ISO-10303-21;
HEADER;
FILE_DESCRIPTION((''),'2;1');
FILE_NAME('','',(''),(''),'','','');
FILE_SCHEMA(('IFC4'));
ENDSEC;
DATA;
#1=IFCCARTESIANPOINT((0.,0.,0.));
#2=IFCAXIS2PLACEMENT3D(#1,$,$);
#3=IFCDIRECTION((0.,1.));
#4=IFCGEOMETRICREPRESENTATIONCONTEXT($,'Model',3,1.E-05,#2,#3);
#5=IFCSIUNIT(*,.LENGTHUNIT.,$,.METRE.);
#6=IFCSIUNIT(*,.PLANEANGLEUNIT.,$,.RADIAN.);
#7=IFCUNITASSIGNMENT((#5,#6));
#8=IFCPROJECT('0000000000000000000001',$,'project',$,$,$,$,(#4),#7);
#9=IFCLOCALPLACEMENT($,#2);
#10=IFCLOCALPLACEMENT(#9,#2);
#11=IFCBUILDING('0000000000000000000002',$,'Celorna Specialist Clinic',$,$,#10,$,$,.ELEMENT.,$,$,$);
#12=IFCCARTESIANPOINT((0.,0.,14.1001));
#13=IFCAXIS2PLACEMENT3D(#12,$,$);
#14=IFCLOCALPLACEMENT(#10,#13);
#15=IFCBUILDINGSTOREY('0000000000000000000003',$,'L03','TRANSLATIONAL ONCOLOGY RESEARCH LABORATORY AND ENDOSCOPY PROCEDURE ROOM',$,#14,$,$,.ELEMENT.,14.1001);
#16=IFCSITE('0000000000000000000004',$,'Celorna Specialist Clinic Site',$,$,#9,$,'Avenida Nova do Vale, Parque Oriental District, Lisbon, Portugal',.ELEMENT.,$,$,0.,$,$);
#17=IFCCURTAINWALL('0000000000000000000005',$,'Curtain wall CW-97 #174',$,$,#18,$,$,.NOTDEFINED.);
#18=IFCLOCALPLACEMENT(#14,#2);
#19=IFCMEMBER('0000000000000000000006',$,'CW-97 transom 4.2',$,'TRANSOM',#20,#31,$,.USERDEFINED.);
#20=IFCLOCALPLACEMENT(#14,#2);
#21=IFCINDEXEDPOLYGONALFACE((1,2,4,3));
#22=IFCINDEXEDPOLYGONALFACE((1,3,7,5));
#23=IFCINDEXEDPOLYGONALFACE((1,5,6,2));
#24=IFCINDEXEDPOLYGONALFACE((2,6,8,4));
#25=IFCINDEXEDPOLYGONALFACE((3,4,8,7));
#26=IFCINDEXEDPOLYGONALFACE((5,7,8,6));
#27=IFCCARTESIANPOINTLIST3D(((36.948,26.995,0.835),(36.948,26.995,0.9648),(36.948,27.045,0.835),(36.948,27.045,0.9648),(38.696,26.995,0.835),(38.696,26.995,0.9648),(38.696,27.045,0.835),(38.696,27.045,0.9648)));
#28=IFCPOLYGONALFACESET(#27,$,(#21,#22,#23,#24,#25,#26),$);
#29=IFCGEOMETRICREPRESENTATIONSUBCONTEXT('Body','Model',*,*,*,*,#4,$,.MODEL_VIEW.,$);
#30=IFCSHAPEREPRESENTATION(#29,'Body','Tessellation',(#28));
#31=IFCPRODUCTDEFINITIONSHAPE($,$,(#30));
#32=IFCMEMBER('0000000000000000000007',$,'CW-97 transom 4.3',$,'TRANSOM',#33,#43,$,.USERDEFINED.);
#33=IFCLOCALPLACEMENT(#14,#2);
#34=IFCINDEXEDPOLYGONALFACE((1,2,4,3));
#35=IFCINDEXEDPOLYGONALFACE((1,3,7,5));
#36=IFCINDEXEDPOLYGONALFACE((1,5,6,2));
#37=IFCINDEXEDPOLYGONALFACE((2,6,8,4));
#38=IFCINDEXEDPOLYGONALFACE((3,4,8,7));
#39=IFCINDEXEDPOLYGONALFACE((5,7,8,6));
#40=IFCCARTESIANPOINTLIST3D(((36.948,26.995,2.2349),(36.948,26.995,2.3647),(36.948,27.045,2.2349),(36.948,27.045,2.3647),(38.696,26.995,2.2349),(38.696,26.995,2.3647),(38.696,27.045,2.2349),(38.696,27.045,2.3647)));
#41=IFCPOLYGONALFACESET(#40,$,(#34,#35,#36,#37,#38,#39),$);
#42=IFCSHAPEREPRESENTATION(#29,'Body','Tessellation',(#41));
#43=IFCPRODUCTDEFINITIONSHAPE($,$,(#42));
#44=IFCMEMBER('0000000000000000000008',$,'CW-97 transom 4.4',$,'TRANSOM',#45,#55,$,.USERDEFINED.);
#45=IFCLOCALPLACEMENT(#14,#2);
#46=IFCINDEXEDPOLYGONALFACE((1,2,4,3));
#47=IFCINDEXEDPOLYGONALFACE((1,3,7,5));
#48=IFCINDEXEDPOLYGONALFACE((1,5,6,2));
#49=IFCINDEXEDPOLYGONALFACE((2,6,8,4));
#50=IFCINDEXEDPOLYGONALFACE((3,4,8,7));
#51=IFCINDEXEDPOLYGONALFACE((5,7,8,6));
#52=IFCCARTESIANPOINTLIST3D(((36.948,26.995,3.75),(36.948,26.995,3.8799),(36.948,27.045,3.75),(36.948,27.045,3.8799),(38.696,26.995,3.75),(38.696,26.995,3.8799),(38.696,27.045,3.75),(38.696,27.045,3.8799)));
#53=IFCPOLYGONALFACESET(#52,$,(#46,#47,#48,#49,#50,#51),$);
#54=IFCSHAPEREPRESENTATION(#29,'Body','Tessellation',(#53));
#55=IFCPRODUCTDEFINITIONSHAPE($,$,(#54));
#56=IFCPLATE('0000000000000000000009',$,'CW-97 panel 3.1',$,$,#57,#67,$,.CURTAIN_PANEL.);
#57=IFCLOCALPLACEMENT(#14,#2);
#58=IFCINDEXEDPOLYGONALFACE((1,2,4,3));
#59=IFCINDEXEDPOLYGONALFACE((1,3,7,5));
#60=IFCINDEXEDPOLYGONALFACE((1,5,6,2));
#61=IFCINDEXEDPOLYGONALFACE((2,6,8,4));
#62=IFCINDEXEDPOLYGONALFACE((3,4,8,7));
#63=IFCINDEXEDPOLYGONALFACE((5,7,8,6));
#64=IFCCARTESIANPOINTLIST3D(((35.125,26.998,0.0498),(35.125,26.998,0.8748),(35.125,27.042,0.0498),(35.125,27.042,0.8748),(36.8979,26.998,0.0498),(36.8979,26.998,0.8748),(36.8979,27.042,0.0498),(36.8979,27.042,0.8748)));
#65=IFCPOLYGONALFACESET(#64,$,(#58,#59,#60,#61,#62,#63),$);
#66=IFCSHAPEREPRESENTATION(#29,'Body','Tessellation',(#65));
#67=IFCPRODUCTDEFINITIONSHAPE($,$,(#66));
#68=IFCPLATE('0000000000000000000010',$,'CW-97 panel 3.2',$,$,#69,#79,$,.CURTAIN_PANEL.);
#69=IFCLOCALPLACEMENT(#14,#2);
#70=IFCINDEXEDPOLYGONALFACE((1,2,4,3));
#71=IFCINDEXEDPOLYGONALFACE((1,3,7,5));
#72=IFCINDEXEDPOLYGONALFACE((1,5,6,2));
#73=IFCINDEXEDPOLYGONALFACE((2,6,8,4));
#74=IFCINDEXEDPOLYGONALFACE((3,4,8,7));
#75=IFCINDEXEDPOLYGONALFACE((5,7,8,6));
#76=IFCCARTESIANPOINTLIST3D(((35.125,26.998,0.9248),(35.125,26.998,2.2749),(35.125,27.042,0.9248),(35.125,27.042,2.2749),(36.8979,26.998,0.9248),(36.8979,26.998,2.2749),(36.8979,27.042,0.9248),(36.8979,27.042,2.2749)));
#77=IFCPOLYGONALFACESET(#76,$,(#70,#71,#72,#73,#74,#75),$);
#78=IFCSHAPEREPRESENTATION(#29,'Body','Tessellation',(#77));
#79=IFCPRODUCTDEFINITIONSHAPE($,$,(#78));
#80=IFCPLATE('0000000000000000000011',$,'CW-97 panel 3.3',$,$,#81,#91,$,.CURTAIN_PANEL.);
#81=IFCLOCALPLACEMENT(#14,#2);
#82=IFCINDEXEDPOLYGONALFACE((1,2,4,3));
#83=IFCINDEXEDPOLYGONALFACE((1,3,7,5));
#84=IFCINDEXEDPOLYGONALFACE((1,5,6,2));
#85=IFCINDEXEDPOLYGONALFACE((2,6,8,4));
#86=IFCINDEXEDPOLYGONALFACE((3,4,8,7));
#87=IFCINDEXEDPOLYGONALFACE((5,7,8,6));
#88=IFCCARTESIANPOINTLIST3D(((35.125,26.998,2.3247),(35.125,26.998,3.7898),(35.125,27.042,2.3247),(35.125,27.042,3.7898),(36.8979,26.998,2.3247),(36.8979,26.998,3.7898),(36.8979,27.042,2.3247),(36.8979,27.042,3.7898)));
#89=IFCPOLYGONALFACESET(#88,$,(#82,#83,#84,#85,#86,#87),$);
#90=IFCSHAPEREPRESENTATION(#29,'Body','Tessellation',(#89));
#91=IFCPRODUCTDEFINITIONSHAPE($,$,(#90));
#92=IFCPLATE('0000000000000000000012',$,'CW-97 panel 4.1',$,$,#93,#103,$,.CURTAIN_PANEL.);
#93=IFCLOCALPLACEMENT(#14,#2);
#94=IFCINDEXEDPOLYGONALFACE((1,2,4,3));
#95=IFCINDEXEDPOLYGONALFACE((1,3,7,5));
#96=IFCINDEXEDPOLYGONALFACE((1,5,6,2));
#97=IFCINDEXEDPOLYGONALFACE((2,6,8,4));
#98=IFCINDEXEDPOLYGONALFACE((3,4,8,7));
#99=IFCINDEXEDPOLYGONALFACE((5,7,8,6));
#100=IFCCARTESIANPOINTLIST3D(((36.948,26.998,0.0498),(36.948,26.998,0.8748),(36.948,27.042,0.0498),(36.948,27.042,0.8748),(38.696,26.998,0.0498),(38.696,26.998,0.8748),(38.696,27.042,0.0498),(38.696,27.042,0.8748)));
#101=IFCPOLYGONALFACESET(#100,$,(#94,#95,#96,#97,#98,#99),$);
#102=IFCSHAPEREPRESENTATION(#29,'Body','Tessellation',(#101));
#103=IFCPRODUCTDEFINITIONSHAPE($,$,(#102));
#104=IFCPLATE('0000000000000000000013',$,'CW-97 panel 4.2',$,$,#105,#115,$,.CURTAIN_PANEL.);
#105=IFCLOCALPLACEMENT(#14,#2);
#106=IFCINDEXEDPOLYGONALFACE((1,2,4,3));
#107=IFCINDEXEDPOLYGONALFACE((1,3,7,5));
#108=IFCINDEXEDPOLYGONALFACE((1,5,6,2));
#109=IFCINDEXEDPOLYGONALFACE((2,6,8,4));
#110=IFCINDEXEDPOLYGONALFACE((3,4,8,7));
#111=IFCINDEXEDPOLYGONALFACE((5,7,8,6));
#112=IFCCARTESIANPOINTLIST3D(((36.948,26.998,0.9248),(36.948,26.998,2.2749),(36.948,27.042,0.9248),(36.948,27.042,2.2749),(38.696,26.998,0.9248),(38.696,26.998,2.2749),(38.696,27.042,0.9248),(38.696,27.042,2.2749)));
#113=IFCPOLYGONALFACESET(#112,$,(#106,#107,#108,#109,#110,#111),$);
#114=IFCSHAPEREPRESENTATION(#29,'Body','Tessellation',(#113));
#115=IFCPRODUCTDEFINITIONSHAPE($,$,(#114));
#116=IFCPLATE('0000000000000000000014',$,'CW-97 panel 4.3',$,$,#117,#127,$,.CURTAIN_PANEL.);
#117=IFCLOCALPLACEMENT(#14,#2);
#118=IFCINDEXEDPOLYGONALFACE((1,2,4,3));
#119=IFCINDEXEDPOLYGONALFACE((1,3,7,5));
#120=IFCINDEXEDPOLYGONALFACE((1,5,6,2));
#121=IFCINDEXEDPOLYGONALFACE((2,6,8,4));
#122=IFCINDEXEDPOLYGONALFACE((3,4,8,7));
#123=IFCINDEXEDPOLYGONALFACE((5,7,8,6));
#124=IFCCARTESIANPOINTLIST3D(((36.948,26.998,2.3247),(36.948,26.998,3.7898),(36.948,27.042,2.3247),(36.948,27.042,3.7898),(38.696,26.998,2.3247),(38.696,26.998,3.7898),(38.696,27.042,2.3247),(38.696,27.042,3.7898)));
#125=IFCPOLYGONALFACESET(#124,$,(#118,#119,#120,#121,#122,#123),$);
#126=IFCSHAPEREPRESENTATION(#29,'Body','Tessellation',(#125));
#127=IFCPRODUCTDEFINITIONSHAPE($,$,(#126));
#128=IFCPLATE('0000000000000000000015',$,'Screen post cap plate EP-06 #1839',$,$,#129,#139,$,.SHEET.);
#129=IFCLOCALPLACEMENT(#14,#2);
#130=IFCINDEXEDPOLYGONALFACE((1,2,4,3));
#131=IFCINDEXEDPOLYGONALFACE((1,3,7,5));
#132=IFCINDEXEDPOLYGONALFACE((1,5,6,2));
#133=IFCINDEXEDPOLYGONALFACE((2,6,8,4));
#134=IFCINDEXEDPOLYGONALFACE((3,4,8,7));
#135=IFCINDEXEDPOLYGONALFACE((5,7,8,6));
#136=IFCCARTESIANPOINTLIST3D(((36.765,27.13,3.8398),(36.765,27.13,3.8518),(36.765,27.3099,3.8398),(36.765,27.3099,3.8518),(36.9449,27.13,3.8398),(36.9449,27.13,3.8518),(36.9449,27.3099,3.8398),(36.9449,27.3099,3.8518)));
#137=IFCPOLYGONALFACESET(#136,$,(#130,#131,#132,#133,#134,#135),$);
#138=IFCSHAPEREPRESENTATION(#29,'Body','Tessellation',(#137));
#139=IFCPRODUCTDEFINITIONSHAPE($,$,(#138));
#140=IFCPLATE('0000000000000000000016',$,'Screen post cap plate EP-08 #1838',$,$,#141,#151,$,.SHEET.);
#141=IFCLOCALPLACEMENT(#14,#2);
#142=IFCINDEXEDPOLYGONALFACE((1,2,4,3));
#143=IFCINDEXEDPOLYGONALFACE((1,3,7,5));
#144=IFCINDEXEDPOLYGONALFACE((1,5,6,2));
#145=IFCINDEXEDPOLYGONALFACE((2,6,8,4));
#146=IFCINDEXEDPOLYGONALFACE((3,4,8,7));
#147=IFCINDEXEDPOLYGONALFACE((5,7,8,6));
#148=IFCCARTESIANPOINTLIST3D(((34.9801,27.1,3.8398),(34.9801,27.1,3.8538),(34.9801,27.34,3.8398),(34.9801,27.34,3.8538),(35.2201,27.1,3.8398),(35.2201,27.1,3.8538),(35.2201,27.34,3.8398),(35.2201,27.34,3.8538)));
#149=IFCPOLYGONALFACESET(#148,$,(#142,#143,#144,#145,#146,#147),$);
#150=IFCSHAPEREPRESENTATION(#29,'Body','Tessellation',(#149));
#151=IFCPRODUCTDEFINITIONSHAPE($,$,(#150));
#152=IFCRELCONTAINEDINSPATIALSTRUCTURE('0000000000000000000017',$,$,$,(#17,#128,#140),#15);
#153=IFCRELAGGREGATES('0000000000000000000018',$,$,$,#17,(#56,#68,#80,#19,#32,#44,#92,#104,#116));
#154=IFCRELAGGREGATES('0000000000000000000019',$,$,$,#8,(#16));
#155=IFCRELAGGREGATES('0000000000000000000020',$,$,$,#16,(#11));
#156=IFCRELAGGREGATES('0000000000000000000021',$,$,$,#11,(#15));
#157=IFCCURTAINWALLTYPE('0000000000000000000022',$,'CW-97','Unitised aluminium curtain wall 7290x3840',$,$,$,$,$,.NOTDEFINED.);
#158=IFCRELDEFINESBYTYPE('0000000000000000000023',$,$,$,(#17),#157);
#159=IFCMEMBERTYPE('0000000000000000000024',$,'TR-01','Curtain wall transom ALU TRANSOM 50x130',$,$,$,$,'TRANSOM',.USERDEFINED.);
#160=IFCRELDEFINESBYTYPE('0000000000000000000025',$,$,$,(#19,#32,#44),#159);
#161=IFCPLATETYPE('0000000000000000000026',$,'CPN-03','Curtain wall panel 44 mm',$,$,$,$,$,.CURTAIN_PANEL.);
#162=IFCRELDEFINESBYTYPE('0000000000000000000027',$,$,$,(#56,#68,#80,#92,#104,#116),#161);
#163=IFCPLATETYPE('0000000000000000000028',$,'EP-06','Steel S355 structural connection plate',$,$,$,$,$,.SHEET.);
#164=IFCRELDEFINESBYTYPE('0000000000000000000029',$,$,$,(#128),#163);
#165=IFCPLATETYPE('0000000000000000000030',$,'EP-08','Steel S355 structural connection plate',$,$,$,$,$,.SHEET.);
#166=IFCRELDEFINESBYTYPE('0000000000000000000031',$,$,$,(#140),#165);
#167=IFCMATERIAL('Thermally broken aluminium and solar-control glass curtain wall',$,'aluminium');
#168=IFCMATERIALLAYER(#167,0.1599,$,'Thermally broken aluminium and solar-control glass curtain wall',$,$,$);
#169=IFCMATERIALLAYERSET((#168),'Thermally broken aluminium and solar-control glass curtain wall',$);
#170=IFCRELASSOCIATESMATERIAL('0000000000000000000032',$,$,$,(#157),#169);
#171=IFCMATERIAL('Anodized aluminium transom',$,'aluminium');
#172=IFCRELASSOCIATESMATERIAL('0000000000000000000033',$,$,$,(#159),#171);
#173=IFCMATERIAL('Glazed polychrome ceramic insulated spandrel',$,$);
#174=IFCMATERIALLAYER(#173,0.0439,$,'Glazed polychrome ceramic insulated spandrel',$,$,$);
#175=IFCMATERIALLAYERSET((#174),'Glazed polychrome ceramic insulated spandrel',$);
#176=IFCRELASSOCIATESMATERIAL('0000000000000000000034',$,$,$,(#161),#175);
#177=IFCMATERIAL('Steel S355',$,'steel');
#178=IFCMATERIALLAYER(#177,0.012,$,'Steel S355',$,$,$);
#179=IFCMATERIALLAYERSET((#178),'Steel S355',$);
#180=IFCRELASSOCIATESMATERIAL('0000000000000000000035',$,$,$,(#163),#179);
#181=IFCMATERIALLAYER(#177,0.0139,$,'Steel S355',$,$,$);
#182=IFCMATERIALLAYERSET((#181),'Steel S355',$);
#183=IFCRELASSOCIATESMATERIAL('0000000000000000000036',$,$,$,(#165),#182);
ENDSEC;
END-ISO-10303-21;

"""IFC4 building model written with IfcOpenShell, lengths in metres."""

from ifc_helpers import new_model, si_unit, direction, frame, origin, origin_2d, place, context, subcontext, project, spatial, rectangle, extrude, material, layer, layer_set, material_profile, profile_set, type_object, element, aggregate, save


model = new_model("IFC4")

# Units and contexts
model_context = context("Model", 3, precision=1e-05, world=origin(), true_north=direction((0.0, 1.0)))
body_context = subcontext(model_context, "Body", "Model", "MODEL_VIEW")
ifc_project = project(units=[si_unit("LENGTHUNIT", "METRE"), si_unit("PLANEANGLEUNIT", "RADIAN")], contexts=[model_context])

# Site, building, storey
site_placement = place(None, origin())
site = spatial("IfcSite", under=ifc_project, at=site_placement, Name="Celorna Specialist Clinic Site", LongName="Avenida Nova do Vale, Parque Oriental District, Lisbon, Portugal", CompositionType="ELEMENT", RefElevation=0.0)
building_placement = place(site_placement, origin())
building = spatial("IfcBuilding", under=site, at=building_placement, Name="Celorna Specialist Clinic", CompositionType="ELEMENT")
storey_placement = place(building_placement, frame((0.0, 0.0, 14.1001)))
storey = spatial("IfcBuildingStorey", under=building, at=storey_placement, Name="L03", Description="TRANSLATIONAL ONCOLOGY RESEARCH LABORATORY AND ENDOSCOPY PROCEDURE ROOM", CompositionType="ELEMENT", Elevation=14.1001)

# Shared definitions
ifc_material_1 = material(Name="Steel S355", Category="steel")

# Curtain wall, members, plates
ifc_material_2 = material(Name="Thermally broken aluminium and solar-control glass curtain wall", Category="aluminium")
ifc_layer_1 = layer(ifc_material_2, 0.1599, Name="Thermally broken aluminium and solar-control glass curtain wall")
ifc_layer_set_1 = layer_set([ifc_layer_1], Name="Thermally broken aluminium and solar-control glass curtain wall")
curtain_wall_type = type_object("IfcCurtainWallType", Name="CW-97", Description="Unitised aluminium curtain wall 7290x3840", PredefinedType="NOTDEFINED", material=ifc_layer_set_1)
curtain_wall_placement = place(storey_placement, origin())
curtain_wall = element("IfcCurtainWall", 1, at=curtain_wall_placement, inside=storey, type_object=curtain_wall_type, Name="Curtain wall CW-97 #174", PredefinedType="NOTDEFINED")
ifc_material_3 = material(Name="Anodized aluminium transom", Category="aluminium")
ifc_material_profile_1 = material_profile(ifc_material_3, rectangle(XDim=0.05, YDim=0.1299, at=origin_2d()), Name="ALU TRANSOM 50x130")
ifc_profile_set_1 = profile_set([ifc_material_profile_1], Name="Anodized aluminium transom")
member_type_1 = type_object("IfcMemberType", Name="TR-01", Description="Curtain wall transom ALU TRANSOM 50x130", ElementType="TRANSOM", PredefinedType="USERDEFINED", material=ifc_profile_set_1)
member_1_placement = place(storey_placement, frame((36.948, 27.02, 0.8999), z_axis=(1.0, 0.0, 0.0), x_axis=(0.0, 1.0, 0.0)))
member_1 = element("IfcMember", 2, at=member_1_placement, type_object=member_type_1, Name="CW-97 transom 4.2", ObjectType="TRANSOM", PredefinedType="USERDEFINED", context=body_context, shape_type="SweptSolid", body=[
    extrude(rectangle(XDim=0.05, YDim=0.1299, at=origin_2d()), origin(), (0.0, 0.0, 1.0), 1.748),
])
member_2_placement = place(storey_placement, frame((36.948, 27.02, 2.2998), z_axis=(1.0, 0.0, 0.0), x_axis=(0.0, 1.0, 0.0)))
member_2 = element("IfcMember", 3, at=member_2_placement, type_object=member_type_1, Name="CW-97 transom 4.3", ObjectType="TRANSOM", PredefinedType="USERDEFINED", context=body_context, shape_type="SweptSolid", body=[
    extrude(rectangle(XDim=0.05, YDim=0.1299, at=origin_2d()), origin(), (0.0, 0.0, 1.0), 1.748),
])
member_3_placement = place(storey_placement, frame((36.948, 27.02, 3.8149), z_axis=(1.0, 0.0, 0.0), x_axis=(0.0, 1.0, 0.0)))
member_3 = element("IfcMember", 4, at=member_3_placement, type_object=member_type_1, Name="CW-97 transom 4.4", ObjectType="TRANSOM", PredefinedType="USERDEFINED", context=body_context, shape_type="SweptSolid", body=[
    extrude(rectangle(XDim=0.05, YDim=0.1299, at=origin_2d()), origin(), (0.0, 0.0, 1.0), 1.748),
])
ifc_material_4 = material(Name="Glazed polychrome ceramic insulated spandrel")
ifc_layer_2 = layer(ifc_material_4, 0.0439, Name="Glazed polychrome ceramic insulated spandrel")
ifc_layer_set_2 = layer_set([ifc_layer_2], Name="Glazed polychrome ceramic insulated spandrel")
plate_type_1 = type_object("IfcPlateType", Name="CPN-03", Description="Curtain wall panel 44 mm", PredefinedType="CURTAIN_PANEL", material=ifc_layer_set_2)
plate_1_placement = place(storey_placement, frame((36.0115, 27.02, 0.0498), z_axis=(0.0, 0.0, 1.0), x_axis=(1.0, 0.0, 0.0)))
plate_1 = element("IfcPlate", 5, at=plate_1_placement, type_object=plate_type_1, Name="CW-97 panel 3.1", PredefinedType="CURTAIN_PANEL", context=body_context, shape_type="SweptSolid", body=[
    extrude(rectangle(XDim=1.7729, YDim=0.0439, at=origin_2d()), origin(), (0.0, 0.0, 1.0), 0.825),
])
plate_2_placement = place(storey_placement, frame((36.0115, 27.02, 0.9248), z_axis=(0.0, 0.0, 1.0), x_axis=(1.0, 0.0, 0.0)))
plate_2 = element("IfcPlate", 6, at=plate_2_placement, type_object=plate_type_1, Name="CW-97 panel 3.2", PredefinedType="CURTAIN_PANEL", context=body_context, shape_type="SweptSolid", body=[
    extrude(rectangle(XDim=1.7729, YDim=0.0439, at=origin_2d()), origin(), (0.0, 0.0, 1.0), 1.3501),
])
plate_3_placement = place(storey_placement, frame((36.0115, 27.02, 2.3247), z_axis=(0.0, 0.0, 1.0), x_axis=(1.0, 0.0, 0.0)))
plate_3 = element("IfcPlate", 7, at=plate_3_placement, type_object=plate_type_1, Name="CW-97 panel 3.3", PredefinedType="CURTAIN_PANEL", context=body_context, shape_type="SweptSolid", body=[
    extrude(rectangle(XDim=1.7729, YDim=0.0439, at=origin_2d()), origin(), (0.0, 0.0, 1.0), 1.4651),
])
plate_4_placement = place(storey_placement, frame((37.822, 27.02, 0.0498), z_axis=(0.0, 0.0, 1.0), x_axis=(1.0, 0.0, 0.0)))
plate_4 = element("IfcPlate", 8, at=plate_4_placement, type_object=plate_type_1, Name="CW-97 panel 4.1", PredefinedType="CURTAIN_PANEL", context=body_context, shape_type="SweptSolid", body=[
    extrude(rectangle(XDim=1.748, YDim=0.0439, at=origin_2d()), origin(), (0.0, 0.0, 1.0), 0.825),
])
plate_5_placement = place(storey_placement, frame((37.822, 27.02, 0.9248), z_axis=(0.0, 0.0, 1.0), x_axis=(1.0, 0.0, 0.0)))
plate_5 = element("IfcPlate", 9, at=plate_5_placement, type_object=plate_type_1, Name="CW-97 panel 4.2", PredefinedType="CURTAIN_PANEL", context=body_context, shape_type="SweptSolid", body=[
    extrude(rectangle(XDim=1.748, YDim=0.0439, at=origin_2d()), origin(), (0.0, 0.0, 1.0), 1.3501),
])
plate_6_placement = place(storey_placement, frame((37.822, 27.02, 2.3247), z_axis=(0.0, 0.0, 1.0), x_axis=(1.0, 0.0, 0.0)))
plate_6 = element("IfcPlate", 10, at=plate_6_placement, type_object=plate_type_1, Name="CW-97 panel 4.3", PredefinedType="CURTAIN_PANEL", context=body_context, shape_type="SweptSolid", body=[
    extrude(rectangle(XDim=1.748, YDim=0.0439, at=origin_2d()), origin(), (0.0, 0.0, 1.0), 1.4651),
])
aggregate(curtain_wall, [plate_1, plate_2, plate_3, member_1, member_2, member_3, plate_4, plate_5, plate_6])

# Plates
ifc_layer_3 = layer(ifc_material_1, 0.012, Name="Steel S355")
ifc_layer_set_3 = layer_set([ifc_layer_3], Name="Steel S355")
plate_type_2 = type_object("IfcPlateType", Name="EP-06", Description="Steel S355 structural connection plate", PredefinedType="SHEET", material=ifc_layer_set_3)
plate_7_placement = place(storey_placement, frame((36.855, 27.22, 3.8398), z_axis=(0.0, 0.0, 1.0), x_axis=(1.0, 0.0, 0.0)))
element("IfcPlate", 11, at=plate_7_placement, inside=storey, type_object=plate_type_2, Name="Screen post cap plate EP-06 #1839", PredefinedType="SHEET", context=body_context, shape_type="SweptSolid", body=[
    extrude(rectangle(XDim=0.1799, YDim=0.1799, at=origin_2d()), origin(), (0.0, 0.0, 1.0), 0.012),
])
ifc_layer_4 = layer(ifc_material_1, 0.0139, Name="Steel S355")
ifc_layer_set_4 = layer_set([ifc_layer_4], Name="Steel S355")
plate_type_3 = type_object("IfcPlateType", Name="EP-08", Description="Steel S355 structural connection plate", PredefinedType="SHEET", material=ifc_layer_set_4)
plate_8_placement = place(storey_placement, frame((35.1001, 27.22, 3.8398), z_axis=(0.0, 0.0, 1.0), x_axis=(1.0, 0.0, 0.0)))
element("IfcPlate", 12, at=plate_8_placement, inside=storey, type_object=plate_type_3, Name="Screen post cap plate EP-08 #1838", PredefinedType="SHEET", context=body_context, shape_type="SweptSolid", body=[
    extrude(rectangle(XDim=0.24, YDim=0.24, at=origin_2d()), origin(), (0.0, 0.0, 1.0), 0.0139),
])

save(model, "model.ifc")
